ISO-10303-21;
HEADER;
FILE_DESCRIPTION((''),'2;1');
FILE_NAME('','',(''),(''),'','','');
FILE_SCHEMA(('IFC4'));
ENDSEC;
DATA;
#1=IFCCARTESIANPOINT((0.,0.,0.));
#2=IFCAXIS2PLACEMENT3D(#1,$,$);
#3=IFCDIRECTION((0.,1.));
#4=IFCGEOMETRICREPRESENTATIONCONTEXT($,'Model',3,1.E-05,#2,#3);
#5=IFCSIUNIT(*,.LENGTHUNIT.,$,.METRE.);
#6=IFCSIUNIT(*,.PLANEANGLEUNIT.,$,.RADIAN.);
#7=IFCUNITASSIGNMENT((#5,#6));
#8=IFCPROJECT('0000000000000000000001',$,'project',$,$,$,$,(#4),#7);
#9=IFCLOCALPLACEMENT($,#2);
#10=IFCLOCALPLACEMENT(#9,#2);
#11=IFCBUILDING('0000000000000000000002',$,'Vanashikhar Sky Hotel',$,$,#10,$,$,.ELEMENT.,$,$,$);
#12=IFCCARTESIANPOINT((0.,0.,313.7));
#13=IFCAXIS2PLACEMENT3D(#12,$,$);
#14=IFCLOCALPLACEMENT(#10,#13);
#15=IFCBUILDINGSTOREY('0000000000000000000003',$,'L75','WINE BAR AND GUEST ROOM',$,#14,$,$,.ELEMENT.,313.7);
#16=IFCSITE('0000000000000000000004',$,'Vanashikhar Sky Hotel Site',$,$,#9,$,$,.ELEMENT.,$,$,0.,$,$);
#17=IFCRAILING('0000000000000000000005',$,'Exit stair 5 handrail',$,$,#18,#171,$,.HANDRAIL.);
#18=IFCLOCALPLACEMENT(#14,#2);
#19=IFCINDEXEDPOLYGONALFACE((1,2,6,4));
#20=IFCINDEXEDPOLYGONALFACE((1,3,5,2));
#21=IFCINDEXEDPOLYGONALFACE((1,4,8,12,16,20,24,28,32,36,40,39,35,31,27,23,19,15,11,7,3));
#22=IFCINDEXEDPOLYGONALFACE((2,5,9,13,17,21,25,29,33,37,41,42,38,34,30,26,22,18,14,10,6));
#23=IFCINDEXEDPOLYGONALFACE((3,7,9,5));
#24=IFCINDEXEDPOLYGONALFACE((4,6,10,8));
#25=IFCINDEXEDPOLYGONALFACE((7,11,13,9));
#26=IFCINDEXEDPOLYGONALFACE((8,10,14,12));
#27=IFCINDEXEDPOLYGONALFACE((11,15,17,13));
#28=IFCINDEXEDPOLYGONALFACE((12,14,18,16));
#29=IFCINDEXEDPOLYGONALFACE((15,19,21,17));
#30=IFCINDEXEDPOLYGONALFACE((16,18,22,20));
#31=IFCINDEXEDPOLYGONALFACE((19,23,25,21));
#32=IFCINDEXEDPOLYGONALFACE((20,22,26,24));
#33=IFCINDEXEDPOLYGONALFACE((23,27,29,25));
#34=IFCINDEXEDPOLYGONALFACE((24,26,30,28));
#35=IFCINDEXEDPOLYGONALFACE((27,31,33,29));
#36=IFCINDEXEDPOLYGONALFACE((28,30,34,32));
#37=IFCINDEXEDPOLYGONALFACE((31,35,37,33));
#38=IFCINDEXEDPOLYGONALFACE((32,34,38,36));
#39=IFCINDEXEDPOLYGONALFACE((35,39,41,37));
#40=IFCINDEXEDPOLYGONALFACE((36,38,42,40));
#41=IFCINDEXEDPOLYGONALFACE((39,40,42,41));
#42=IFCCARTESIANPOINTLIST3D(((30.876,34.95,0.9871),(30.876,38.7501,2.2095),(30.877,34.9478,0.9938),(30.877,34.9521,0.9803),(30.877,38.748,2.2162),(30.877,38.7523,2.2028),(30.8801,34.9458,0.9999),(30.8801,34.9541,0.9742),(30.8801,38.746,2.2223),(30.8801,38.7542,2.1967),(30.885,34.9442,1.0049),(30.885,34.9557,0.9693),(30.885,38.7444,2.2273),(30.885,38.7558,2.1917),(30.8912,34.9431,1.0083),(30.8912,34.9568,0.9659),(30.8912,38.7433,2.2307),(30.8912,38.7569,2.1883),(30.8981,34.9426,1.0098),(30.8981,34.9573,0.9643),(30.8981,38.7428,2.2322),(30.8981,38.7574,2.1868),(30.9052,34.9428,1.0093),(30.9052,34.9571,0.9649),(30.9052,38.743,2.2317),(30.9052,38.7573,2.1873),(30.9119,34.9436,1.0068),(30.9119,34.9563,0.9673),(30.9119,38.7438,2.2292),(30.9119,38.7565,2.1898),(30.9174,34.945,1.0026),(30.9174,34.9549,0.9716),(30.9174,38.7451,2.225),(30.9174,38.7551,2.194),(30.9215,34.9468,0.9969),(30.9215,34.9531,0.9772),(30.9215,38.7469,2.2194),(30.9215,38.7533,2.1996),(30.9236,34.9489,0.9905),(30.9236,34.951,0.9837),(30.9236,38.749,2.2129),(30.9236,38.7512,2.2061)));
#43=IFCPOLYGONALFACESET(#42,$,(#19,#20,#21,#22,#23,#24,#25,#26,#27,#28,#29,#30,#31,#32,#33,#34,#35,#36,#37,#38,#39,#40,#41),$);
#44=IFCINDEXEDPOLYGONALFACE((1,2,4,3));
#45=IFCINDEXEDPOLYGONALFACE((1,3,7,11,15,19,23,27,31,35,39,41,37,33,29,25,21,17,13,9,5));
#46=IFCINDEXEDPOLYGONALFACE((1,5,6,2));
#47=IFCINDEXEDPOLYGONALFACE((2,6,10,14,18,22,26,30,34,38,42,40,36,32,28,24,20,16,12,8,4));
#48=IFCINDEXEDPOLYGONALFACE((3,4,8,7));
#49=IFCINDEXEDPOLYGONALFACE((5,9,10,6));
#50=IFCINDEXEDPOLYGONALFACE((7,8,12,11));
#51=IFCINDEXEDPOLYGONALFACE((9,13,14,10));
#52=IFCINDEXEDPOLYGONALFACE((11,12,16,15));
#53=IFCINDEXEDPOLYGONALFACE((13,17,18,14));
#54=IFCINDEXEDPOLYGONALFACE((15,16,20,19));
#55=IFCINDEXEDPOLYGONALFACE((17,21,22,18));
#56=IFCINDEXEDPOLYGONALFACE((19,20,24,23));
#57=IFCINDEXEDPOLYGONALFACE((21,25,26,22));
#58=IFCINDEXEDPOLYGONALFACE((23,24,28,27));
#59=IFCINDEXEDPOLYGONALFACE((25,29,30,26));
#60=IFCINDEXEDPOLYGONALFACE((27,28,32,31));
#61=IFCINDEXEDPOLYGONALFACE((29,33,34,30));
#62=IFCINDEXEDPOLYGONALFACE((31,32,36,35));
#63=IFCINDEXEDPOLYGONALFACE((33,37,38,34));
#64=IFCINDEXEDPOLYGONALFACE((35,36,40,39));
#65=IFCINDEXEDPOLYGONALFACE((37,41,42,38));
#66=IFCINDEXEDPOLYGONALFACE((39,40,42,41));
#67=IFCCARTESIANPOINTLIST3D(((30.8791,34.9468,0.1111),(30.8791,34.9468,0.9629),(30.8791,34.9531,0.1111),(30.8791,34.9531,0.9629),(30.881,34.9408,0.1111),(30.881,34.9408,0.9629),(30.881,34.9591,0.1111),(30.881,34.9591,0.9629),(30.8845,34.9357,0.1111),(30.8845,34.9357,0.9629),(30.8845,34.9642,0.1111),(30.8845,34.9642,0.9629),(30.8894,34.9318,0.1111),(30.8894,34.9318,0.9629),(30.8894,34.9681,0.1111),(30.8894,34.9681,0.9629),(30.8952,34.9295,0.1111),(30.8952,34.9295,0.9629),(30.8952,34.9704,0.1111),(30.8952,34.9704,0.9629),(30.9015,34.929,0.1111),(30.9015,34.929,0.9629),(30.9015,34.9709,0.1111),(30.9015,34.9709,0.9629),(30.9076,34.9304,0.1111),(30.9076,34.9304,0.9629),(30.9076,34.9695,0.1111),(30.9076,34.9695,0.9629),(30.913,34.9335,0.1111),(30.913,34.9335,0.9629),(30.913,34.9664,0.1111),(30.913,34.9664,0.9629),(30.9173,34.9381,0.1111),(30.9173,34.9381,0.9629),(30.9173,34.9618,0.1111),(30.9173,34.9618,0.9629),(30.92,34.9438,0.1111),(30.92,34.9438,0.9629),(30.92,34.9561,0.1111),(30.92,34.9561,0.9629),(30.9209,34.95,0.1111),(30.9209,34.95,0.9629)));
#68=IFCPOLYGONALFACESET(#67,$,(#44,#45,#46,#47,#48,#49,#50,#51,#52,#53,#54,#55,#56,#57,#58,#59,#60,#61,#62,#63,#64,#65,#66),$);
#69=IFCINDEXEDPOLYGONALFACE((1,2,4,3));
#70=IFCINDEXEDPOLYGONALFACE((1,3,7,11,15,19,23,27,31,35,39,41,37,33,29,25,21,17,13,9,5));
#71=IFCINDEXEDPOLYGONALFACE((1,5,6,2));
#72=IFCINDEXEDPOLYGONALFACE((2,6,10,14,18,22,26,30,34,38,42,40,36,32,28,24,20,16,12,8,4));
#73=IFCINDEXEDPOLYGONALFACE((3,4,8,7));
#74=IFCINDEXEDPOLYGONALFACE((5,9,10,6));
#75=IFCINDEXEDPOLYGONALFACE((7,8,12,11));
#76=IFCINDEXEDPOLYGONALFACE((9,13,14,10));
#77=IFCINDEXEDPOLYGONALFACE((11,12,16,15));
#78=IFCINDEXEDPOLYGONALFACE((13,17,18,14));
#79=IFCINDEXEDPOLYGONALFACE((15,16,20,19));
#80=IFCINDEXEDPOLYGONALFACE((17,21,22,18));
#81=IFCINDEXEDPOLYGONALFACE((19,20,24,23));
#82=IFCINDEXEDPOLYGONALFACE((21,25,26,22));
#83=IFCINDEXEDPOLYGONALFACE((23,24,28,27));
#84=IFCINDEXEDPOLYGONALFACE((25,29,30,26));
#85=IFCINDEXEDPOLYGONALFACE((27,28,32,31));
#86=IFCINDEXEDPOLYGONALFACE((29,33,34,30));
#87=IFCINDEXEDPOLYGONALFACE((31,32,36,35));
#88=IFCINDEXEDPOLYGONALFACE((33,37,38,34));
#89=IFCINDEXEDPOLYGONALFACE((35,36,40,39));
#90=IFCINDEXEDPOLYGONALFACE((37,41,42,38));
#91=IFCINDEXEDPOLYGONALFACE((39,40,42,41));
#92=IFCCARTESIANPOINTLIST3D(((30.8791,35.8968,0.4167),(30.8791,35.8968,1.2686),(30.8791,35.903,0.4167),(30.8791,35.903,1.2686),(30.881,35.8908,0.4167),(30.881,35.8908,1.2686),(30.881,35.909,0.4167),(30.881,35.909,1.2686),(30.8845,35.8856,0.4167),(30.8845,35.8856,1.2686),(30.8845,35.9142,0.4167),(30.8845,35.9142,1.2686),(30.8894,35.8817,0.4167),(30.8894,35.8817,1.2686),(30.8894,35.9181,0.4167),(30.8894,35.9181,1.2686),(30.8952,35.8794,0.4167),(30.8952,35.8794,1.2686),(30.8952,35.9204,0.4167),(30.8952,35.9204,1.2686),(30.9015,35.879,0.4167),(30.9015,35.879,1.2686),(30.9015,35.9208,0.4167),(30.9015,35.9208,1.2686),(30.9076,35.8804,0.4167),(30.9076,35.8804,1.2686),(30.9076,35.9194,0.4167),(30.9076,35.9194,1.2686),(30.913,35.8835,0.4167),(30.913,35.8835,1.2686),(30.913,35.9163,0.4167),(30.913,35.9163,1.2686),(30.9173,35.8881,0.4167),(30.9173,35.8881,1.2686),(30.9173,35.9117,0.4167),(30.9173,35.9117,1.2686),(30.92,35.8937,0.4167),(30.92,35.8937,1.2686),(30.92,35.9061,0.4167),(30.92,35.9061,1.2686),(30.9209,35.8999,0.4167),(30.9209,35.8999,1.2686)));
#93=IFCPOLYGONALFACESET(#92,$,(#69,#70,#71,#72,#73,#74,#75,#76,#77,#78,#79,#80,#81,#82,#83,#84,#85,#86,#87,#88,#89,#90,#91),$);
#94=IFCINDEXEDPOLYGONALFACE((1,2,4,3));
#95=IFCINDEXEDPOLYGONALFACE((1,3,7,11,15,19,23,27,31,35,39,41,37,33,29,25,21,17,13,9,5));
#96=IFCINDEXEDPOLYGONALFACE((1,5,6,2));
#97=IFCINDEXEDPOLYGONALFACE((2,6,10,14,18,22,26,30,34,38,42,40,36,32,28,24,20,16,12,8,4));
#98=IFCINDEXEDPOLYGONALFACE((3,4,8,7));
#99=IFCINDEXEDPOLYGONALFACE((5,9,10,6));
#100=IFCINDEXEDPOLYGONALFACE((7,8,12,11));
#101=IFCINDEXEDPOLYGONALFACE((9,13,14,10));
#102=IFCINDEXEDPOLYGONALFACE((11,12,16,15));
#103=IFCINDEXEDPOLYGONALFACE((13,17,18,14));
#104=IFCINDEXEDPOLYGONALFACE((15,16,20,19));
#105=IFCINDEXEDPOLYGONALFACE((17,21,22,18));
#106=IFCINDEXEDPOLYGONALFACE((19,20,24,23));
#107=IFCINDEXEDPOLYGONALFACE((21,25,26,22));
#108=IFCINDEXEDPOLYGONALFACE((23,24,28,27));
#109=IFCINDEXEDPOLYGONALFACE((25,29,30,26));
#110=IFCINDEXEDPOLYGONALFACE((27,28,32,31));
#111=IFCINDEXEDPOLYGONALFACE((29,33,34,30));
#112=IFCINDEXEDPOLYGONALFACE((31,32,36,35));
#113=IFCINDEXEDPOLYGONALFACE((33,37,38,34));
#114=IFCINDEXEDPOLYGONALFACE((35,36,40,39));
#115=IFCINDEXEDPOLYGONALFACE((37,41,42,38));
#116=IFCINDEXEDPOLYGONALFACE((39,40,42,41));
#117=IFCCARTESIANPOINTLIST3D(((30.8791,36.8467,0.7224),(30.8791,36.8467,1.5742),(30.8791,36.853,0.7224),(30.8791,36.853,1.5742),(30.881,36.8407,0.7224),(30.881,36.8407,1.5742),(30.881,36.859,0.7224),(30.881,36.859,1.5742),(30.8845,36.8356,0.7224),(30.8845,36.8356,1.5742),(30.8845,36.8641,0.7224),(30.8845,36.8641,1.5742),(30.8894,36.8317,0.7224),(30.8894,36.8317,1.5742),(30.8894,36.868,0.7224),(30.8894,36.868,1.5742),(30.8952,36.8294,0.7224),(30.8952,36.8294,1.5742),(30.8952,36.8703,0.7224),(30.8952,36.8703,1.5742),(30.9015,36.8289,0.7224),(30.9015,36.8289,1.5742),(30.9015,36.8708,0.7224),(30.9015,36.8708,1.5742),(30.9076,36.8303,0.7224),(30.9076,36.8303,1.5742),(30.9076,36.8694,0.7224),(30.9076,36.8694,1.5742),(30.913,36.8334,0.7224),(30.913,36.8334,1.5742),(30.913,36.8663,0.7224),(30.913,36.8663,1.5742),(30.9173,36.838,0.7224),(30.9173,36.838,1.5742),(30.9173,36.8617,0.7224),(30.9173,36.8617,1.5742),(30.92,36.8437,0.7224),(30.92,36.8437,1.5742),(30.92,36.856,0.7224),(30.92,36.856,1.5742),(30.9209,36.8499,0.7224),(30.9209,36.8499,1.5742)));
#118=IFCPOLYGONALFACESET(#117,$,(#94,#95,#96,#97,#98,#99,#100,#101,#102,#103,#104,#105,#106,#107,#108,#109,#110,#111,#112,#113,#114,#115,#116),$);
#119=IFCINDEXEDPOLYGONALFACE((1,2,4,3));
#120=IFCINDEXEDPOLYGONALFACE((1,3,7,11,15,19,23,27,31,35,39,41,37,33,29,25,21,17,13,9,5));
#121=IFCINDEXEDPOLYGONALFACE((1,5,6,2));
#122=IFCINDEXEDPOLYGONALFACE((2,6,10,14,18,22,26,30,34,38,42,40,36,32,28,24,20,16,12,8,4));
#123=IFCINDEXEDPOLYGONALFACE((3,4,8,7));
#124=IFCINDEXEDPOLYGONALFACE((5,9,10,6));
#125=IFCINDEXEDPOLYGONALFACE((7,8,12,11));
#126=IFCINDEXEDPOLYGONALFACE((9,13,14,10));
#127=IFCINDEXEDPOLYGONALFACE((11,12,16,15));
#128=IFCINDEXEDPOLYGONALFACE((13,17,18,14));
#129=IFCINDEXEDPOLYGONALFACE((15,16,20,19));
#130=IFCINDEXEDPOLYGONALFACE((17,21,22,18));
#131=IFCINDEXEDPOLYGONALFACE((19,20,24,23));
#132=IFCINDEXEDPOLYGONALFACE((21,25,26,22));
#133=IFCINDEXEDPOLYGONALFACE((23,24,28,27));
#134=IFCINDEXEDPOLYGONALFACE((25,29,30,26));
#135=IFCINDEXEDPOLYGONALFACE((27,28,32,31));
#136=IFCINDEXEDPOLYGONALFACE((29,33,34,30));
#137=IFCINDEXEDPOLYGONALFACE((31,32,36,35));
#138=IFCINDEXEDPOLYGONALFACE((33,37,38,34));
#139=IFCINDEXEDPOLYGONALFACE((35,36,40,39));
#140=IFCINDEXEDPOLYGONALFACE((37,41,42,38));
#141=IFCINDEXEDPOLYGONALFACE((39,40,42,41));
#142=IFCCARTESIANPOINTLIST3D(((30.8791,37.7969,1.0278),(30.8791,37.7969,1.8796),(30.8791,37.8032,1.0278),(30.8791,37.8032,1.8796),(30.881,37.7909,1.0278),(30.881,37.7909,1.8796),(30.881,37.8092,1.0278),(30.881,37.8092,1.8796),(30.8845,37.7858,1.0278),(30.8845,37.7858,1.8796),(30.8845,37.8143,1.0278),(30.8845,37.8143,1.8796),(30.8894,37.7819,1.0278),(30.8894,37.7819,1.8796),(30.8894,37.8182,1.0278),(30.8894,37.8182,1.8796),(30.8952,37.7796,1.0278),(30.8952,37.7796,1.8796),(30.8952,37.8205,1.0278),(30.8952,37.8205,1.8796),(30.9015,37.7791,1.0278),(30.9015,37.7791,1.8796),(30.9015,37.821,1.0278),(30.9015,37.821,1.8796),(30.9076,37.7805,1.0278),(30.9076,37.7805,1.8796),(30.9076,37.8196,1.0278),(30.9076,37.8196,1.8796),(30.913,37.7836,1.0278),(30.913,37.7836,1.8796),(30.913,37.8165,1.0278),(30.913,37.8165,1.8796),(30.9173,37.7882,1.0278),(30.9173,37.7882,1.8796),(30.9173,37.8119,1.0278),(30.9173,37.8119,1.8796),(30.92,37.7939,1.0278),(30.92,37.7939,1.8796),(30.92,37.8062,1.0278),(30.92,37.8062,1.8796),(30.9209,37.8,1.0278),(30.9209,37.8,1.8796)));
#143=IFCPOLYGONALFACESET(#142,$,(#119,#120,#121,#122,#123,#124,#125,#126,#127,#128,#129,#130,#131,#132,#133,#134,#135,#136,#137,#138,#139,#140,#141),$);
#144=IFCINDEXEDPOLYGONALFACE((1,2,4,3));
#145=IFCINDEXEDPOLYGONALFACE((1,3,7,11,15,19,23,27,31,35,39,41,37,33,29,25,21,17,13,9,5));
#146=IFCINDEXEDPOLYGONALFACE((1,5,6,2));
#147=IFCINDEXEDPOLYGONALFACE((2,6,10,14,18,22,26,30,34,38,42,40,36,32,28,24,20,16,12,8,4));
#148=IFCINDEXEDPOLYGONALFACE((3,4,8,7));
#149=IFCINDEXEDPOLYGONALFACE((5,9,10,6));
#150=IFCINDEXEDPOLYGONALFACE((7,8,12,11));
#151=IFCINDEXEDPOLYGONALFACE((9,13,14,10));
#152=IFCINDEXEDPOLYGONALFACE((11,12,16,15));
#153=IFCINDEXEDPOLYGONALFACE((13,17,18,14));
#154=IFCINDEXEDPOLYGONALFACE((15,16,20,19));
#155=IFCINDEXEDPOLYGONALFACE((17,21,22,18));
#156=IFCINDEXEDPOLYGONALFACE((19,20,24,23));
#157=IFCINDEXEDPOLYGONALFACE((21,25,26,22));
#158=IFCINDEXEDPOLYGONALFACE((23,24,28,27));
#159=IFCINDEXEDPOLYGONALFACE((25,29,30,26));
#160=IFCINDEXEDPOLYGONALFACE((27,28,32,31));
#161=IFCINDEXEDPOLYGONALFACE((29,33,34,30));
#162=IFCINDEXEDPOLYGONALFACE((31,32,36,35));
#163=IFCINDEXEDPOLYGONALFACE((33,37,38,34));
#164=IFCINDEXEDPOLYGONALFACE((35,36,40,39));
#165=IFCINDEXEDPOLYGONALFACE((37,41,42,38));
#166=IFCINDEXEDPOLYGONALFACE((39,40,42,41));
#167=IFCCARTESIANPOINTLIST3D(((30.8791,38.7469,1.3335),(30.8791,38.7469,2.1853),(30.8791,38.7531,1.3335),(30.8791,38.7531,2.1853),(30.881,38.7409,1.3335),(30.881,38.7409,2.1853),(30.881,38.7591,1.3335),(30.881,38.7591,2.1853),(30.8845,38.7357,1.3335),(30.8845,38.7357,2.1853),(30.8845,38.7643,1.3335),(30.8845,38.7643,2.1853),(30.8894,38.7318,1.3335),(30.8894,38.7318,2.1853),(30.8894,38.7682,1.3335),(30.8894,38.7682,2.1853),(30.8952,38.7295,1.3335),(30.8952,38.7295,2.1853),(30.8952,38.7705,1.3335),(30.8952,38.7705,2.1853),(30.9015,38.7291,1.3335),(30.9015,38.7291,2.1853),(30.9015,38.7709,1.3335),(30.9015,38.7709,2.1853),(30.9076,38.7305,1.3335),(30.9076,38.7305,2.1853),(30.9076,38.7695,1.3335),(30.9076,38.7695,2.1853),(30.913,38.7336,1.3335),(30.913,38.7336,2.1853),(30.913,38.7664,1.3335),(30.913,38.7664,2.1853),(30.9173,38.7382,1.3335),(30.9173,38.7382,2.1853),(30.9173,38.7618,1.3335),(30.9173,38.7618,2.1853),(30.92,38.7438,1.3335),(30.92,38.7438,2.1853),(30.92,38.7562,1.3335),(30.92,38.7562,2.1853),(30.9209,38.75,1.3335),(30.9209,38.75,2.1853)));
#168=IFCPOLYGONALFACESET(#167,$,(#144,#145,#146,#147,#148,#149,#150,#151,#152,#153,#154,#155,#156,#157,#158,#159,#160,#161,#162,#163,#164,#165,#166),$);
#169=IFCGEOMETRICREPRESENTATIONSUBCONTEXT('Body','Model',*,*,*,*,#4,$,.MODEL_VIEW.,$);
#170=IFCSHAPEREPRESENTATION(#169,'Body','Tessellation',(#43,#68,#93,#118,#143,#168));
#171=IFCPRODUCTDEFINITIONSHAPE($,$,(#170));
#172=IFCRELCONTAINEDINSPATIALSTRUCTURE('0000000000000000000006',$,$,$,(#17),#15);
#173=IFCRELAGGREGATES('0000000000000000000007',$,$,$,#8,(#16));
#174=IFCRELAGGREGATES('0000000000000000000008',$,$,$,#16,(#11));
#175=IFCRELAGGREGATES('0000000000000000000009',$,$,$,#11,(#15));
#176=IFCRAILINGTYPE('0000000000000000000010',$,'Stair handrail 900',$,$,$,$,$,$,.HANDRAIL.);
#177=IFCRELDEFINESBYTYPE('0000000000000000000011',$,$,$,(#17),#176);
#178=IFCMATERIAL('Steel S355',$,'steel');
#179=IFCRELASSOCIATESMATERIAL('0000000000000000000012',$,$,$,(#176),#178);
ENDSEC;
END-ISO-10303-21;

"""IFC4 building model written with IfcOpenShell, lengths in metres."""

from ifc_helpers import new_model, si_unit, direction, frame, origin, origin_2d, place, context, subcontext, project, spatial, circle, extrude, source, transform, mapped, material, type_object, element, save


model = new_model("IFC4")

# Units and contexts
model_context = context("Model", 3, precision=1e-05, world=origin(), true_north=direction((0.0, 1.0)))
body_context = subcontext(model_context, "Body", "Model", "MODEL_VIEW")
ifc_project = project(units=[si_unit("LENGTHUNIT", "METRE"), si_unit("PLANEANGLEUNIT", "RADIAN")], contexts=[model_context])

# Site, building, storey
site_placement = place(None, origin())
site = spatial("IfcSite", under=ifc_project, at=site_placement, Name="Vanashikhar Sky Hotel Site", CompositionType="ELEMENT", RefElevation=0.0)
building_placement = place(site_placement, origin())
building = spatial("IfcBuilding", under=site, at=building_placement, Name="Vanashikhar Sky Hotel", CompositionType="ELEMENT")
storey_placement = place(building_placement, frame((0.0, 0.0, 313.7)))
storey = spatial("IfcBuildingStorey", under=building, at=storey_placement, Name="L75", Description="WINE BAR AND GUEST ROOM", CompositionType="ELEMENT", Elevation=313.7)

# Railing
ifc_material_1 = material(Name="Steel S355", Category="steel")
railing_type_1 = type_object("IfcRailingType", Name="Stair handrail 900", PredefinedType="HANDRAIL", material=ifc_material_1)
shared_shape_1 = source(origin(), body_context, "Body", "SweptSolid", [
    extrude(circle(Radius=0.0239, at=origin_2d()), frame((0.0, 0.0, 0.876), z_axis=(0.0, 0.951958, 0.306229), x_axis=(-1.0, 0.0, 0.0)), (0.0, 0.0, 1.0), 3.9919),
    extrude(circle(Radius=0.021, at=origin_2d()), origin(), (0.0, 0.0, 1.0), 0.8518),
    extrude(circle(Radius=0.021, at=origin_2d()), frame((0.0, 0.95, 0.3057)), (0.0, 0.0, 1.0), 0.8518),
    extrude(circle(Radius=0.021, at=origin_2d()), frame((0.0, 1.8999, 0.6113)), (0.0, 0.0, 1.0), 0.8518),
    extrude(circle(Radius=0.021, at=origin_2d()), frame((0.0, 2.8501, 0.9167)), (0.0, 0.0, 1.0), 0.8518),
    extrude(circle(Radius=0.021, at=origin_2d()), frame((0.0, 3.8, 1.2224)), (0.0, 0.0, 1.0), 0.8518),
])
for number, where, name in (
    (1, (30.8999, 34.95, 0.1111), "Exit stair 5 handrail"),
):
    element("IfcRailing", number, at=place(storey_placement, frame(where)), inside=storey, type_object=railing_type_1, Name=name, PredefinedType="HANDRAIL", context=body_context, shape_type="MappedRepresentation", body=[
        mapped(shared_shape_1, transform((0.0, 0.0, 0.0), scale=1.0)),
    ])

save(model, "model.ifc")
